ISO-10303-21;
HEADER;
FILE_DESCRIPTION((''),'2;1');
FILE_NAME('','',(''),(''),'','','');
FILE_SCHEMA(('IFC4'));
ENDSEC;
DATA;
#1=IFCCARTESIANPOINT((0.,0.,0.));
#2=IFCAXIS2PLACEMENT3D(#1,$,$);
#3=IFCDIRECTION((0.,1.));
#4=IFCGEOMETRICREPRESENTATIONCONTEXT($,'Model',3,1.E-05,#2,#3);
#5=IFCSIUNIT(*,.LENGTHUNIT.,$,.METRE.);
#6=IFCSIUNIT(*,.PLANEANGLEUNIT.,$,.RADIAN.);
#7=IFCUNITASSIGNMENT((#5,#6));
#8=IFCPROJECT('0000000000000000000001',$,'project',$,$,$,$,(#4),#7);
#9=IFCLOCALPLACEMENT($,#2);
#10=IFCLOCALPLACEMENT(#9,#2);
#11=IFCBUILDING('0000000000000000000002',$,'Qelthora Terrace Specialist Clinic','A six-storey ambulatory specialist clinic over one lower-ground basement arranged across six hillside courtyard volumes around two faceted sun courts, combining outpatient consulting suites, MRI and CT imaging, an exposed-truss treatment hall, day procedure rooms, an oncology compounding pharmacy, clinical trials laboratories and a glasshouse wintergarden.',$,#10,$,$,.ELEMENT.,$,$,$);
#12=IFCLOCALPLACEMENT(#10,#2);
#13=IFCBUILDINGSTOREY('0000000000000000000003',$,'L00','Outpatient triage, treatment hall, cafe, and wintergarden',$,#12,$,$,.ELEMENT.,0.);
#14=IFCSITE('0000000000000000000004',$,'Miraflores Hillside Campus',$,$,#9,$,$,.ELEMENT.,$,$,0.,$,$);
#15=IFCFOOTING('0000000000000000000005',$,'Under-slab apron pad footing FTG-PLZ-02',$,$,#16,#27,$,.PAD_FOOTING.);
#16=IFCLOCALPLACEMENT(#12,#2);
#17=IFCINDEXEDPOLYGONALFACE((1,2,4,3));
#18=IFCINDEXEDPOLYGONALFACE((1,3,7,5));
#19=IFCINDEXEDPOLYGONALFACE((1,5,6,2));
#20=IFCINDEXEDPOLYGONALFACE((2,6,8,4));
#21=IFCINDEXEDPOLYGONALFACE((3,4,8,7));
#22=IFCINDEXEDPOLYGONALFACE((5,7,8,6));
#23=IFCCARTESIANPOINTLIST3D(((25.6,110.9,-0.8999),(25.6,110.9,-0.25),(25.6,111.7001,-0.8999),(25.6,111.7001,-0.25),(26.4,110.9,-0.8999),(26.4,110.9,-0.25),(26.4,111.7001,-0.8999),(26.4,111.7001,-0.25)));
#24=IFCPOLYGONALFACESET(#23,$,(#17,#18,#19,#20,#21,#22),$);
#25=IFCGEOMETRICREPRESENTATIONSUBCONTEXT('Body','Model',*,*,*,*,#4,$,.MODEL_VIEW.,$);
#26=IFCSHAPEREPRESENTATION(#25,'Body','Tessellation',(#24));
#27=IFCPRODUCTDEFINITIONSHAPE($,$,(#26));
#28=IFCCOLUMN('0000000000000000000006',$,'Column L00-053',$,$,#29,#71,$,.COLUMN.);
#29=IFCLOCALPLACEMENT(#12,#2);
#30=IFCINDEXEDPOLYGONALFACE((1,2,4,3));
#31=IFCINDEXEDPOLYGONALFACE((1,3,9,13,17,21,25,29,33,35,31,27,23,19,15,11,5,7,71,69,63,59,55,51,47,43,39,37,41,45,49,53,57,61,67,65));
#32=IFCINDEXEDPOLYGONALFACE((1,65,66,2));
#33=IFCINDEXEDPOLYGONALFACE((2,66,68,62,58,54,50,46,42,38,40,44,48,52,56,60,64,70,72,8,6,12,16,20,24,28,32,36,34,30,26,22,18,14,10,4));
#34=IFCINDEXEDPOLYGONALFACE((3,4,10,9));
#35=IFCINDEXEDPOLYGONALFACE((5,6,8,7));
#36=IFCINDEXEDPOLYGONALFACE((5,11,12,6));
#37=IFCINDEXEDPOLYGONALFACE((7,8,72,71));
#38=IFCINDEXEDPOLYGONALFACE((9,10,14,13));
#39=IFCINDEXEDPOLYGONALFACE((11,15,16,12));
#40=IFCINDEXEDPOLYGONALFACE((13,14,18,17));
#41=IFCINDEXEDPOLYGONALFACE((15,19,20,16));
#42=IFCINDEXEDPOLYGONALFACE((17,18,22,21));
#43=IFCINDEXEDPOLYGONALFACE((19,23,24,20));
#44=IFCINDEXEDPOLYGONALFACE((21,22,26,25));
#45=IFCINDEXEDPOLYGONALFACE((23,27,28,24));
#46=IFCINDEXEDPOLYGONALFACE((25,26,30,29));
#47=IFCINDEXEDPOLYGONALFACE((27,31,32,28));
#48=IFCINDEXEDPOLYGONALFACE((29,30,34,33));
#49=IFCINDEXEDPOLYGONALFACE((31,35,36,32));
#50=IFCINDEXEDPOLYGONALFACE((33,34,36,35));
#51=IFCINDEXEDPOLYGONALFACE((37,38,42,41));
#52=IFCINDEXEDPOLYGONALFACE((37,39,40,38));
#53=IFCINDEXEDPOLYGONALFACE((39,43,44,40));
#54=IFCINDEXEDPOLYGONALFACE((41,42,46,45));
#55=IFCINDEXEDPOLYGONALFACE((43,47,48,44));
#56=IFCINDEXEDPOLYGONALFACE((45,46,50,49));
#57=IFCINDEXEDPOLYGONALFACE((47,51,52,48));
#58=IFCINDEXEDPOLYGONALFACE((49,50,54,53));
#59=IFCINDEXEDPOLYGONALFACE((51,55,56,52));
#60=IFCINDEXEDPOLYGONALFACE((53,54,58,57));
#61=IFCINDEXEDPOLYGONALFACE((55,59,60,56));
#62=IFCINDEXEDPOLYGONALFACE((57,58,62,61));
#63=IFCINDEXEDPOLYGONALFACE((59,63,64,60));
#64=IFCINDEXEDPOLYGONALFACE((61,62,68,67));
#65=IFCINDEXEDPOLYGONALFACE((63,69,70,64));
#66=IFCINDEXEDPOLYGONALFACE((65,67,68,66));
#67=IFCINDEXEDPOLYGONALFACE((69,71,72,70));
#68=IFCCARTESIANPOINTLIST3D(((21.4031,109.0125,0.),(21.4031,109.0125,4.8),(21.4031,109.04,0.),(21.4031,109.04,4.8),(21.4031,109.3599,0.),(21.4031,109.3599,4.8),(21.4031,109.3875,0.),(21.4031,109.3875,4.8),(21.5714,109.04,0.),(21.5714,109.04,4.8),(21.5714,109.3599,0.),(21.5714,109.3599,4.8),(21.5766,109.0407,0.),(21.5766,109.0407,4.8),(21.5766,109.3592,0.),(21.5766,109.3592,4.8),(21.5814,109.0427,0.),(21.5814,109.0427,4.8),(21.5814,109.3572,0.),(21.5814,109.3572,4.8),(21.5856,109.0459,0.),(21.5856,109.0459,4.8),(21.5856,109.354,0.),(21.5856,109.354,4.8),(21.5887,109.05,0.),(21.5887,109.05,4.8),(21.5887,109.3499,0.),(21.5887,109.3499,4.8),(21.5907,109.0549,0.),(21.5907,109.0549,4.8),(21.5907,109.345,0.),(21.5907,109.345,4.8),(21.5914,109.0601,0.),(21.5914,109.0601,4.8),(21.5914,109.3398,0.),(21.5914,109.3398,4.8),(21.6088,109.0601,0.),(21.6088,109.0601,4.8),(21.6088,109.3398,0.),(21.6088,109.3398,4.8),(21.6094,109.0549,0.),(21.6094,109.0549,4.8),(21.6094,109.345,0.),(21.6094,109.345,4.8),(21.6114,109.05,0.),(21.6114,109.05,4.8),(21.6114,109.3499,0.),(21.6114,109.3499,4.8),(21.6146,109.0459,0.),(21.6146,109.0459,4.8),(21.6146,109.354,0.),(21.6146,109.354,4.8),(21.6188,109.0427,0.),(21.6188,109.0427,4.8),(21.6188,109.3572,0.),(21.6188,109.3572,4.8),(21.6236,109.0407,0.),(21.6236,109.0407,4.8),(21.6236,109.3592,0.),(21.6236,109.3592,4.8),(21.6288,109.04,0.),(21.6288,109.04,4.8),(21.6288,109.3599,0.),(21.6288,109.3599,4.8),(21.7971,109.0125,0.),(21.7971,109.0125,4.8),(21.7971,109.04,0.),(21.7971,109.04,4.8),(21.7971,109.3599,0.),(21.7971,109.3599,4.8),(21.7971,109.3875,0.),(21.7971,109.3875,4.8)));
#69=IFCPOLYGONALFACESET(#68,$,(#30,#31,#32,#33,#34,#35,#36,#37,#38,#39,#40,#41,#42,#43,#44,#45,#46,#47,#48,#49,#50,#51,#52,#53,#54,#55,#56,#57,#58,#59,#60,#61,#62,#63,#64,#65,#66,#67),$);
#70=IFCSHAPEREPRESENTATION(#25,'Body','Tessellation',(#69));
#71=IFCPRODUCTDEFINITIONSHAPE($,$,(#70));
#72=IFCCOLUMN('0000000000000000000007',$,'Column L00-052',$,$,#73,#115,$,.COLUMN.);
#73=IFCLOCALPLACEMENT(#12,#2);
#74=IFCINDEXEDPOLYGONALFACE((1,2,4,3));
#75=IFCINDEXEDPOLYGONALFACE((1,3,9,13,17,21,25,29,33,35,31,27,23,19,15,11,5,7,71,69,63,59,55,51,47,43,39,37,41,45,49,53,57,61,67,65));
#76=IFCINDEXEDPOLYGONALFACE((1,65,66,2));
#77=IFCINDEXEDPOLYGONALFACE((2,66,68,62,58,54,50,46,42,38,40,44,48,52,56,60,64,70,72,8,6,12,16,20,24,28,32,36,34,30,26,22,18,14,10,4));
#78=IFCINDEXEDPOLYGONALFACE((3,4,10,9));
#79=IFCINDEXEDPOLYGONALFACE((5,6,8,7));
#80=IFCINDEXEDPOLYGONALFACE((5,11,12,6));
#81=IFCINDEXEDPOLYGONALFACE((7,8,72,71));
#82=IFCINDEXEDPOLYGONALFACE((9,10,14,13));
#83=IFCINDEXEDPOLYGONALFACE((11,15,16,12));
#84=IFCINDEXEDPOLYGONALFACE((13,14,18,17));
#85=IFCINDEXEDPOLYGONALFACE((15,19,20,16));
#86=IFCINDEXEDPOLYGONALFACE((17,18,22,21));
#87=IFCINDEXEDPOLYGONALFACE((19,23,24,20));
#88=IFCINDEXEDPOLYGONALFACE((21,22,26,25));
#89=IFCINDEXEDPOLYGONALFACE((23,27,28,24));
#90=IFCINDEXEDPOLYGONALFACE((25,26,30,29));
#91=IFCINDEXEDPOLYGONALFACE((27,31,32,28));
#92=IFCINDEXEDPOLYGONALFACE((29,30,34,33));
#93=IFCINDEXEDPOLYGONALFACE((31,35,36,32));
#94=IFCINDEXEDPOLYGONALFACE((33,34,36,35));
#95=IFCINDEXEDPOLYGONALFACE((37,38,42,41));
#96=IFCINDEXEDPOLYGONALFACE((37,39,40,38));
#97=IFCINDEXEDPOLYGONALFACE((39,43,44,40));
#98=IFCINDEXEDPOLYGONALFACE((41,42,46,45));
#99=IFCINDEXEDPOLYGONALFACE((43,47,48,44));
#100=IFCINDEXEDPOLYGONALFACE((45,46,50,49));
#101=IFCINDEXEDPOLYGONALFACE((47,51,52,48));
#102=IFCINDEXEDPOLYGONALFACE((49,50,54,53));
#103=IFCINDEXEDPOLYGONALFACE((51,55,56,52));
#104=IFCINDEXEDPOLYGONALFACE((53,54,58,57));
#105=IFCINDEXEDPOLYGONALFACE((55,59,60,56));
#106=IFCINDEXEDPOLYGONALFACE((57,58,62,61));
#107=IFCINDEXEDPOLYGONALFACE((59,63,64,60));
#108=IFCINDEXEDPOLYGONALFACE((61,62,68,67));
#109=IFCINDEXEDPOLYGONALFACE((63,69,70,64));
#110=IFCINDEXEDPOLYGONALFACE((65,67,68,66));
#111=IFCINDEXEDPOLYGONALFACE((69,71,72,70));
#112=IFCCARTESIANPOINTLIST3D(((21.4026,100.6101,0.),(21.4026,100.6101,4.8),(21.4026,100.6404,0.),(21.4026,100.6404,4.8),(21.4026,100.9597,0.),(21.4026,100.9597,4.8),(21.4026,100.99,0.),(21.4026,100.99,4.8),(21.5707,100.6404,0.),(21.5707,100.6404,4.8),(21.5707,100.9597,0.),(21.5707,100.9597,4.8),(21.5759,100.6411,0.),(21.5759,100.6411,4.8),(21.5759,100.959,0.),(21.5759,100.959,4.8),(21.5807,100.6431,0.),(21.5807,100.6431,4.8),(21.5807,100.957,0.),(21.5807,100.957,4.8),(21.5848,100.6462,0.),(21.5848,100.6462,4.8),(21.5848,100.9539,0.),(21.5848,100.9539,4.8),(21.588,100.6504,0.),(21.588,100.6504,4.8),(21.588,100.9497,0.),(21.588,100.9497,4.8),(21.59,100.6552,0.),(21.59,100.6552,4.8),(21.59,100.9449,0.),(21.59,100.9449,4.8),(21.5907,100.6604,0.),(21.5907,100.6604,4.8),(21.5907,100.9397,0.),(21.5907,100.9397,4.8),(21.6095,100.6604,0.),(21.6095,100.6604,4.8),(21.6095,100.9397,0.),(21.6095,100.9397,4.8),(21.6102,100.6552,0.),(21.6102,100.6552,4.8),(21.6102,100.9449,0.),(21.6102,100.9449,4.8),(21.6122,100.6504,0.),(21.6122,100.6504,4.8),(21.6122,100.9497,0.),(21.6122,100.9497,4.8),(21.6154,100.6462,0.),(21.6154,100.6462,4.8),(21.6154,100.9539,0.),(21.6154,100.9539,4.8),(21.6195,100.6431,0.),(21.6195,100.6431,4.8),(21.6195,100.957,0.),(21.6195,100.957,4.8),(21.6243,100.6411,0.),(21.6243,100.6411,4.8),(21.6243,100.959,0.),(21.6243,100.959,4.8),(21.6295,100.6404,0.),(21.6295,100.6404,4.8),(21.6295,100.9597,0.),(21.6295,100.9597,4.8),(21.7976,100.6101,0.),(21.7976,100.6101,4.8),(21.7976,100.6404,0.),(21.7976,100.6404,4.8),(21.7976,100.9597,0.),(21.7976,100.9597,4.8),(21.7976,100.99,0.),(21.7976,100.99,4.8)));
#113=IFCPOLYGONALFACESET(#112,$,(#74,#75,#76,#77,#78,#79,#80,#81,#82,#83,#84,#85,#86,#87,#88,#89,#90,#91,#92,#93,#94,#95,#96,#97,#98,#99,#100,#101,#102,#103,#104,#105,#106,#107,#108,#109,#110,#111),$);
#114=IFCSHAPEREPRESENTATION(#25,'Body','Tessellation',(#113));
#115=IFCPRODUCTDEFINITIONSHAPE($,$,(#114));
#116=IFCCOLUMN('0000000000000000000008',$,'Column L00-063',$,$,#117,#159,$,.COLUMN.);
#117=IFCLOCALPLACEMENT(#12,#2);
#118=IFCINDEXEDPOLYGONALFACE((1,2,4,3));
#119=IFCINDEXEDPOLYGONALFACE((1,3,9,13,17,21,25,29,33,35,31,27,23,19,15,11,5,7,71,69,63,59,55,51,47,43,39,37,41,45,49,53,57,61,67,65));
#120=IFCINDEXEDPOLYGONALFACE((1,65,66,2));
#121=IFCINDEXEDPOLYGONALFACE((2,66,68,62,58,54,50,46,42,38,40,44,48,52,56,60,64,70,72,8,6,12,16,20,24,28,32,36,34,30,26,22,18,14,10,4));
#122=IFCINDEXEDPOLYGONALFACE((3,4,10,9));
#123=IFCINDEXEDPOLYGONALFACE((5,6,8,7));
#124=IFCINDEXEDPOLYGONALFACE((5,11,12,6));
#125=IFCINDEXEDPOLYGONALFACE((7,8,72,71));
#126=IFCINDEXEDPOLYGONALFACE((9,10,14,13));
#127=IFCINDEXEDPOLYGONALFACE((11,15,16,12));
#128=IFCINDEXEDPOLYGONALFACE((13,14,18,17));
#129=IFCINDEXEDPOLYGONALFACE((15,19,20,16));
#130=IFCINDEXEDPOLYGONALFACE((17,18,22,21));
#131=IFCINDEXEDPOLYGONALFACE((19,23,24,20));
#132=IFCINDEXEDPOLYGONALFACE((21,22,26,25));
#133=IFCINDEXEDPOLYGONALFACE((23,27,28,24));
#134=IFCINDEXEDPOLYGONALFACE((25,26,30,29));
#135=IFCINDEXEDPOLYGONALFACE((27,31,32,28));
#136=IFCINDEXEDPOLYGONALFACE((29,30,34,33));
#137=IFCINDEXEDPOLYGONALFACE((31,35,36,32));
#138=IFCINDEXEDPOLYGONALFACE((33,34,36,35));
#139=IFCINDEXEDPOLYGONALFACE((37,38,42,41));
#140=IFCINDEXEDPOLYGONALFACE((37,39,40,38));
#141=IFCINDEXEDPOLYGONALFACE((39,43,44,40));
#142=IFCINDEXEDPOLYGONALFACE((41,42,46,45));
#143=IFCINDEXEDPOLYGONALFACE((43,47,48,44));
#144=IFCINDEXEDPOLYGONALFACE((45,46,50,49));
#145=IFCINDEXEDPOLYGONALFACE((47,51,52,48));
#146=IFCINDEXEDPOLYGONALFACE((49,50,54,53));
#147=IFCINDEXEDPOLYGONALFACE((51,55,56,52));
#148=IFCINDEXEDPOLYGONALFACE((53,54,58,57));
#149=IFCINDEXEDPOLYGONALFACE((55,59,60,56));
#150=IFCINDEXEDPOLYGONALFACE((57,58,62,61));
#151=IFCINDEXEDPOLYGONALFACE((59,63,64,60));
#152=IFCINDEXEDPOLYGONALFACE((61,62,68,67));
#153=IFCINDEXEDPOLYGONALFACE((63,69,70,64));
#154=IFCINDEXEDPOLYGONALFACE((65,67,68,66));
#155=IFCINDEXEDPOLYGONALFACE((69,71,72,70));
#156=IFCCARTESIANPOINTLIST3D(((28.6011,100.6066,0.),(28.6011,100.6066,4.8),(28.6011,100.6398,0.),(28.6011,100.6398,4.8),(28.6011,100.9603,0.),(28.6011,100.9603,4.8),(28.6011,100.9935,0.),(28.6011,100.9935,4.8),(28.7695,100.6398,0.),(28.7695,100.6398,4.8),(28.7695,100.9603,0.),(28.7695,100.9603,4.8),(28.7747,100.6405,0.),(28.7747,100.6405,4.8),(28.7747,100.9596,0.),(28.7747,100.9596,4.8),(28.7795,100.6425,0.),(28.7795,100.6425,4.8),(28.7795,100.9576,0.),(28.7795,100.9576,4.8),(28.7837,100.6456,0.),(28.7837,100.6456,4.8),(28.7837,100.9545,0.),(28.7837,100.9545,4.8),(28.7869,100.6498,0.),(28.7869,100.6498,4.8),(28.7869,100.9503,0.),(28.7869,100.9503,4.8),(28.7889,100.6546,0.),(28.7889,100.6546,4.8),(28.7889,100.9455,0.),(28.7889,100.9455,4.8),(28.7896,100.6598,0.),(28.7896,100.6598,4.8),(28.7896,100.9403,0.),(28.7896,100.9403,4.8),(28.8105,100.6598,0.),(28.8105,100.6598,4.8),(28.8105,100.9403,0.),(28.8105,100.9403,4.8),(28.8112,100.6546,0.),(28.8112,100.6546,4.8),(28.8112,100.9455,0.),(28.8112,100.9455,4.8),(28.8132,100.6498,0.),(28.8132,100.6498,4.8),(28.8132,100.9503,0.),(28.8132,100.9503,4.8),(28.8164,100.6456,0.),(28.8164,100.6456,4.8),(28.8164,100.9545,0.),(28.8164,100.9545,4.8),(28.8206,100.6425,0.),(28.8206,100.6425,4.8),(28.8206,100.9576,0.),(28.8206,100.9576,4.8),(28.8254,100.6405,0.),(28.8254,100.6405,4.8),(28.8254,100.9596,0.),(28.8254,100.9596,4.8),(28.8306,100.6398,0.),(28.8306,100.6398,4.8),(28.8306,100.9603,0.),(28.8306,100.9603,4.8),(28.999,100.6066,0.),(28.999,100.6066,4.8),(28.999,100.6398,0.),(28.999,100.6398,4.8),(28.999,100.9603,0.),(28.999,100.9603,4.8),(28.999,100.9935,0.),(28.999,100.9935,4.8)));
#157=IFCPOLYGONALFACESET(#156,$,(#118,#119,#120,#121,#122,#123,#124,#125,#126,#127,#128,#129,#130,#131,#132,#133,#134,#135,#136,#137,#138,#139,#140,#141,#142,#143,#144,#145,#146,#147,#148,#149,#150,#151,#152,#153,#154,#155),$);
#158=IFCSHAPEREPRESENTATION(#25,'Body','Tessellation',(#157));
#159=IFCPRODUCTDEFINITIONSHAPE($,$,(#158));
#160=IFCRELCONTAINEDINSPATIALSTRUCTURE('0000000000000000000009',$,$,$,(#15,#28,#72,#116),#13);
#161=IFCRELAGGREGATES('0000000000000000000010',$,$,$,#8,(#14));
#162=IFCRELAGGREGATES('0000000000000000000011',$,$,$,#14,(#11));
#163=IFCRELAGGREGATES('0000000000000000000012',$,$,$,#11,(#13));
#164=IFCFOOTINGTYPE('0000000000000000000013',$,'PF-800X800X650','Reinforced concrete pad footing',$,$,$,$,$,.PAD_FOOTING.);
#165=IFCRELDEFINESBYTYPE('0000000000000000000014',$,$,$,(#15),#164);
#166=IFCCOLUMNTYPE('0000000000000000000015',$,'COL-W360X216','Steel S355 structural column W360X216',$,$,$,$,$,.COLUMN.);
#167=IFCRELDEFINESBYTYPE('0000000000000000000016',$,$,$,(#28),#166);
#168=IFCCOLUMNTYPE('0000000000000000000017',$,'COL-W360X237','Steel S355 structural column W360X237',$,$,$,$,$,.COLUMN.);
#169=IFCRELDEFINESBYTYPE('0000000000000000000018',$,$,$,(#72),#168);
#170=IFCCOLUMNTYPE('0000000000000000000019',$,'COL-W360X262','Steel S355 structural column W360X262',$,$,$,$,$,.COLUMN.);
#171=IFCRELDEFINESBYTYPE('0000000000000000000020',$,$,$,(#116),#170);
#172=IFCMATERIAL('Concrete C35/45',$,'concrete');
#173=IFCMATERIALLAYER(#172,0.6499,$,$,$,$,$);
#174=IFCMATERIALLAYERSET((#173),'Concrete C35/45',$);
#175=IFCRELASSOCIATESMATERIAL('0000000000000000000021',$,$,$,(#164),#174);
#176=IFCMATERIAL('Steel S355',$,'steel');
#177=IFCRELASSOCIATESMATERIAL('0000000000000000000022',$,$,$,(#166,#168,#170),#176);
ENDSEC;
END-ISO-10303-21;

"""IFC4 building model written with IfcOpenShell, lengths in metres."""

from ifc_helpers import new_model, si_unit, direction, frame, origin, origin_2d, place, context, subcontext, project, spatial, rectangle, i_section, extrude, material, layer, layer_set, material_profile, profile_set, type_object, element, save


model = new_model("IFC4")

# Units and contexts
model_context = context("Model", 3, precision=1e-05, world=origin(), true_north=direction((0.0, 1.0)))
body_context = subcontext(model_context, "Body", "Model", "MODEL_VIEW")
ifc_project = project(units=[si_unit("LENGTHUNIT", "METRE"), si_unit("PLANEANGLEUNIT", "RADIAN")], contexts=[model_context])

# Site, building, storey
site_placement = place(None, origin())
site = spatial("IfcSite", under=ifc_project, at=site_placement, Name="Miraflores Hillside Campus", CompositionType="ELEMENT", RefElevation=0.0)
building_placement = place(site_placement, origin())
building = spatial("IfcBuilding", under=site, at=building_placement, Name="Qelthora Terrace Specialist Clinic", Description="A six-storey ambulatory specialist clinic over one lower-ground basement arranged across six hillside courtyard volumes around two faceted sun courts, combining outpatient consulting suites, MRI and CT imaging, an exposed-truss treatment hall, day procedure rooms, an oncology compounding pharmacy, clinical trials laboratories and a glasshouse wintergarden.", CompositionType="ELEMENT")
storey_placement = place(building_placement, origin())
storey = spatial("IfcBuildingStorey", under=building, at=storey_placement, Name="L00", Description="Outpatient triage, treatment hall, cafe, and wintergarden", CompositionType="ELEMENT", Elevation=0.0)

# Footing
ifc_material_1 = material(Name="Concrete C35/45", Category="concrete")
ifc_layer_1 = layer(ifc_material_1, 0.6499)
ifc_layer_set_1 = layer_set([ifc_layer_1], Name="Concrete C35/45")
footing_type = type_object("IfcFootingType", Name="PF-800X800X650", Description="Reinforced concrete pad footing", PredefinedType="PAD_FOOTING", material=ifc_layer_set_1)
footing_placement = place(storey_placement, frame((26.0, 111.3, -0.8999), z_axis=(0.0, 0.0, 1.0), x_axis=(1.0, 0.0, 0.0)))
element("IfcFooting", 1, at=footing_placement, inside=storey, type_object=footing_type, Name="Under-slab apron pad footing FTG-PLZ-02", PredefinedType="PAD_FOOTING", context=body_context, shape_type="SweptSolid", body=[
    extrude(rectangle(XDim=0.8, YDim=0.8, at=origin_2d()), origin(), (0.0, 0.0, 1.0), 0.6499),
])

# Columns
ifc_material_2 = material(Name="Steel S355", Category="steel")
ifc_material_profile_1 = material_profile(ifc_material_2, i_section(OverallWidth=0.394, OverallDepth=0.375, WebThickness=0.0173, FlangeThickness=0.0276, FilletRadius=0.02, at=origin_2d()), Name="W360X216")
ifc_profile_set_1 = profile_set([ifc_material_profile_1], Name="Steel S355")
column_type_1 = type_object("IfcColumnType", Name="COL-W360X216", Description="Steel S355 structural column W360X216", PredefinedType="COLUMN", material=ifc_profile_set_1)
column_1_placement = place(storey_placement, frame((21.6001, 109.2, 0.0), z_axis=(0.0, 0.0, 1.0), x_axis=(1.0, 0.0, 0.0)))
element("IfcColumn", 2, at=column_1_placement, inside=storey, type_object=column_type_1, Name="Column L00-053", PredefinedType="COLUMN", context=body_context, shape_type="SweptSolid", body=[
    extrude(i_section(OverallWidth=0.394, OverallDepth=0.375, WebThickness=0.0173, FlangeThickness=0.0276, FilletRadius=0.02, at=origin_2d()), origin(), (0.0, 0.0, 1.0), 4.8),
])
ifc_material_profile_2 = material_profile(ifc_material_2, i_section(OverallWidth=0.395, OverallDepth=0.3799, WebThickness=0.0188, FlangeThickness=0.0303, FilletRadius=0.02, at=origin_2d()), Name="W360X237")
ifc_profile_set_2 = profile_set([ifc_material_profile_2], Name="Steel S355")
column_type_2 = type_object("IfcColumnType", Name="COL-W360X237", Description="Steel S355 structural column W360X237", PredefinedType="COLUMN", material=ifc_profile_set_2)
column_2_placement = place(storey_placement, frame((21.6001, 100.8, 0.0), z_axis=(0.0, 0.0, 1.0), x_axis=(1.0, 0.0, 0.0)))
element("IfcColumn", 3, at=column_2_placement, inside=storey, type_object=column_type_2, Name="Column L00-052", PredefinedType="COLUMN", context=body_context, shape_type="SweptSolid", body=[
    extrude(i_section(OverallWidth=0.395, OverallDepth=0.3799, WebThickness=0.0188, FlangeThickness=0.0303, FilletRadius=0.02, at=origin_2d()), origin(), (0.0, 0.0, 1.0), 4.8),
])
ifc_material_profile_3 = material_profile(ifc_material_2, i_section(OverallWidth=0.3979, OverallDepth=0.387, WebThickness=0.021, FlangeThickness=0.0332, FilletRadius=0.02, at=origin_2d()), Name="W360X262")
ifc_profile_set_3 = profile_set([ifc_material_profile_3], Name="Steel S355")
column_type_3 = type_object("IfcColumnType", Name="COL-W360X262", Description="Steel S355 structural column W360X262", PredefinedType="COLUMN", material=ifc_profile_set_3)
column_3_placement = place(storey_placement, frame((28.8, 100.8, 0.0), z_axis=(0.0, 0.0, 1.0), x_axis=(1.0, 0.0, 0.0)))
element("IfcColumn", 4, at=column_3_placement, inside=storey, type_object=column_type_3, Name="Column L00-063", PredefinedType="COLUMN", context=body_context, shape_type="SweptSolid", body=[
    extrude(i_section(OverallWidth=0.3979, OverallDepth=0.387, WebThickness=0.021, FlangeThickness=0.0332, FilletRadius=0.02, at=origin_2d()), origin(), (0.0, 0.0, 1.0), 4.8),
])

save(model, "model.ifc")
